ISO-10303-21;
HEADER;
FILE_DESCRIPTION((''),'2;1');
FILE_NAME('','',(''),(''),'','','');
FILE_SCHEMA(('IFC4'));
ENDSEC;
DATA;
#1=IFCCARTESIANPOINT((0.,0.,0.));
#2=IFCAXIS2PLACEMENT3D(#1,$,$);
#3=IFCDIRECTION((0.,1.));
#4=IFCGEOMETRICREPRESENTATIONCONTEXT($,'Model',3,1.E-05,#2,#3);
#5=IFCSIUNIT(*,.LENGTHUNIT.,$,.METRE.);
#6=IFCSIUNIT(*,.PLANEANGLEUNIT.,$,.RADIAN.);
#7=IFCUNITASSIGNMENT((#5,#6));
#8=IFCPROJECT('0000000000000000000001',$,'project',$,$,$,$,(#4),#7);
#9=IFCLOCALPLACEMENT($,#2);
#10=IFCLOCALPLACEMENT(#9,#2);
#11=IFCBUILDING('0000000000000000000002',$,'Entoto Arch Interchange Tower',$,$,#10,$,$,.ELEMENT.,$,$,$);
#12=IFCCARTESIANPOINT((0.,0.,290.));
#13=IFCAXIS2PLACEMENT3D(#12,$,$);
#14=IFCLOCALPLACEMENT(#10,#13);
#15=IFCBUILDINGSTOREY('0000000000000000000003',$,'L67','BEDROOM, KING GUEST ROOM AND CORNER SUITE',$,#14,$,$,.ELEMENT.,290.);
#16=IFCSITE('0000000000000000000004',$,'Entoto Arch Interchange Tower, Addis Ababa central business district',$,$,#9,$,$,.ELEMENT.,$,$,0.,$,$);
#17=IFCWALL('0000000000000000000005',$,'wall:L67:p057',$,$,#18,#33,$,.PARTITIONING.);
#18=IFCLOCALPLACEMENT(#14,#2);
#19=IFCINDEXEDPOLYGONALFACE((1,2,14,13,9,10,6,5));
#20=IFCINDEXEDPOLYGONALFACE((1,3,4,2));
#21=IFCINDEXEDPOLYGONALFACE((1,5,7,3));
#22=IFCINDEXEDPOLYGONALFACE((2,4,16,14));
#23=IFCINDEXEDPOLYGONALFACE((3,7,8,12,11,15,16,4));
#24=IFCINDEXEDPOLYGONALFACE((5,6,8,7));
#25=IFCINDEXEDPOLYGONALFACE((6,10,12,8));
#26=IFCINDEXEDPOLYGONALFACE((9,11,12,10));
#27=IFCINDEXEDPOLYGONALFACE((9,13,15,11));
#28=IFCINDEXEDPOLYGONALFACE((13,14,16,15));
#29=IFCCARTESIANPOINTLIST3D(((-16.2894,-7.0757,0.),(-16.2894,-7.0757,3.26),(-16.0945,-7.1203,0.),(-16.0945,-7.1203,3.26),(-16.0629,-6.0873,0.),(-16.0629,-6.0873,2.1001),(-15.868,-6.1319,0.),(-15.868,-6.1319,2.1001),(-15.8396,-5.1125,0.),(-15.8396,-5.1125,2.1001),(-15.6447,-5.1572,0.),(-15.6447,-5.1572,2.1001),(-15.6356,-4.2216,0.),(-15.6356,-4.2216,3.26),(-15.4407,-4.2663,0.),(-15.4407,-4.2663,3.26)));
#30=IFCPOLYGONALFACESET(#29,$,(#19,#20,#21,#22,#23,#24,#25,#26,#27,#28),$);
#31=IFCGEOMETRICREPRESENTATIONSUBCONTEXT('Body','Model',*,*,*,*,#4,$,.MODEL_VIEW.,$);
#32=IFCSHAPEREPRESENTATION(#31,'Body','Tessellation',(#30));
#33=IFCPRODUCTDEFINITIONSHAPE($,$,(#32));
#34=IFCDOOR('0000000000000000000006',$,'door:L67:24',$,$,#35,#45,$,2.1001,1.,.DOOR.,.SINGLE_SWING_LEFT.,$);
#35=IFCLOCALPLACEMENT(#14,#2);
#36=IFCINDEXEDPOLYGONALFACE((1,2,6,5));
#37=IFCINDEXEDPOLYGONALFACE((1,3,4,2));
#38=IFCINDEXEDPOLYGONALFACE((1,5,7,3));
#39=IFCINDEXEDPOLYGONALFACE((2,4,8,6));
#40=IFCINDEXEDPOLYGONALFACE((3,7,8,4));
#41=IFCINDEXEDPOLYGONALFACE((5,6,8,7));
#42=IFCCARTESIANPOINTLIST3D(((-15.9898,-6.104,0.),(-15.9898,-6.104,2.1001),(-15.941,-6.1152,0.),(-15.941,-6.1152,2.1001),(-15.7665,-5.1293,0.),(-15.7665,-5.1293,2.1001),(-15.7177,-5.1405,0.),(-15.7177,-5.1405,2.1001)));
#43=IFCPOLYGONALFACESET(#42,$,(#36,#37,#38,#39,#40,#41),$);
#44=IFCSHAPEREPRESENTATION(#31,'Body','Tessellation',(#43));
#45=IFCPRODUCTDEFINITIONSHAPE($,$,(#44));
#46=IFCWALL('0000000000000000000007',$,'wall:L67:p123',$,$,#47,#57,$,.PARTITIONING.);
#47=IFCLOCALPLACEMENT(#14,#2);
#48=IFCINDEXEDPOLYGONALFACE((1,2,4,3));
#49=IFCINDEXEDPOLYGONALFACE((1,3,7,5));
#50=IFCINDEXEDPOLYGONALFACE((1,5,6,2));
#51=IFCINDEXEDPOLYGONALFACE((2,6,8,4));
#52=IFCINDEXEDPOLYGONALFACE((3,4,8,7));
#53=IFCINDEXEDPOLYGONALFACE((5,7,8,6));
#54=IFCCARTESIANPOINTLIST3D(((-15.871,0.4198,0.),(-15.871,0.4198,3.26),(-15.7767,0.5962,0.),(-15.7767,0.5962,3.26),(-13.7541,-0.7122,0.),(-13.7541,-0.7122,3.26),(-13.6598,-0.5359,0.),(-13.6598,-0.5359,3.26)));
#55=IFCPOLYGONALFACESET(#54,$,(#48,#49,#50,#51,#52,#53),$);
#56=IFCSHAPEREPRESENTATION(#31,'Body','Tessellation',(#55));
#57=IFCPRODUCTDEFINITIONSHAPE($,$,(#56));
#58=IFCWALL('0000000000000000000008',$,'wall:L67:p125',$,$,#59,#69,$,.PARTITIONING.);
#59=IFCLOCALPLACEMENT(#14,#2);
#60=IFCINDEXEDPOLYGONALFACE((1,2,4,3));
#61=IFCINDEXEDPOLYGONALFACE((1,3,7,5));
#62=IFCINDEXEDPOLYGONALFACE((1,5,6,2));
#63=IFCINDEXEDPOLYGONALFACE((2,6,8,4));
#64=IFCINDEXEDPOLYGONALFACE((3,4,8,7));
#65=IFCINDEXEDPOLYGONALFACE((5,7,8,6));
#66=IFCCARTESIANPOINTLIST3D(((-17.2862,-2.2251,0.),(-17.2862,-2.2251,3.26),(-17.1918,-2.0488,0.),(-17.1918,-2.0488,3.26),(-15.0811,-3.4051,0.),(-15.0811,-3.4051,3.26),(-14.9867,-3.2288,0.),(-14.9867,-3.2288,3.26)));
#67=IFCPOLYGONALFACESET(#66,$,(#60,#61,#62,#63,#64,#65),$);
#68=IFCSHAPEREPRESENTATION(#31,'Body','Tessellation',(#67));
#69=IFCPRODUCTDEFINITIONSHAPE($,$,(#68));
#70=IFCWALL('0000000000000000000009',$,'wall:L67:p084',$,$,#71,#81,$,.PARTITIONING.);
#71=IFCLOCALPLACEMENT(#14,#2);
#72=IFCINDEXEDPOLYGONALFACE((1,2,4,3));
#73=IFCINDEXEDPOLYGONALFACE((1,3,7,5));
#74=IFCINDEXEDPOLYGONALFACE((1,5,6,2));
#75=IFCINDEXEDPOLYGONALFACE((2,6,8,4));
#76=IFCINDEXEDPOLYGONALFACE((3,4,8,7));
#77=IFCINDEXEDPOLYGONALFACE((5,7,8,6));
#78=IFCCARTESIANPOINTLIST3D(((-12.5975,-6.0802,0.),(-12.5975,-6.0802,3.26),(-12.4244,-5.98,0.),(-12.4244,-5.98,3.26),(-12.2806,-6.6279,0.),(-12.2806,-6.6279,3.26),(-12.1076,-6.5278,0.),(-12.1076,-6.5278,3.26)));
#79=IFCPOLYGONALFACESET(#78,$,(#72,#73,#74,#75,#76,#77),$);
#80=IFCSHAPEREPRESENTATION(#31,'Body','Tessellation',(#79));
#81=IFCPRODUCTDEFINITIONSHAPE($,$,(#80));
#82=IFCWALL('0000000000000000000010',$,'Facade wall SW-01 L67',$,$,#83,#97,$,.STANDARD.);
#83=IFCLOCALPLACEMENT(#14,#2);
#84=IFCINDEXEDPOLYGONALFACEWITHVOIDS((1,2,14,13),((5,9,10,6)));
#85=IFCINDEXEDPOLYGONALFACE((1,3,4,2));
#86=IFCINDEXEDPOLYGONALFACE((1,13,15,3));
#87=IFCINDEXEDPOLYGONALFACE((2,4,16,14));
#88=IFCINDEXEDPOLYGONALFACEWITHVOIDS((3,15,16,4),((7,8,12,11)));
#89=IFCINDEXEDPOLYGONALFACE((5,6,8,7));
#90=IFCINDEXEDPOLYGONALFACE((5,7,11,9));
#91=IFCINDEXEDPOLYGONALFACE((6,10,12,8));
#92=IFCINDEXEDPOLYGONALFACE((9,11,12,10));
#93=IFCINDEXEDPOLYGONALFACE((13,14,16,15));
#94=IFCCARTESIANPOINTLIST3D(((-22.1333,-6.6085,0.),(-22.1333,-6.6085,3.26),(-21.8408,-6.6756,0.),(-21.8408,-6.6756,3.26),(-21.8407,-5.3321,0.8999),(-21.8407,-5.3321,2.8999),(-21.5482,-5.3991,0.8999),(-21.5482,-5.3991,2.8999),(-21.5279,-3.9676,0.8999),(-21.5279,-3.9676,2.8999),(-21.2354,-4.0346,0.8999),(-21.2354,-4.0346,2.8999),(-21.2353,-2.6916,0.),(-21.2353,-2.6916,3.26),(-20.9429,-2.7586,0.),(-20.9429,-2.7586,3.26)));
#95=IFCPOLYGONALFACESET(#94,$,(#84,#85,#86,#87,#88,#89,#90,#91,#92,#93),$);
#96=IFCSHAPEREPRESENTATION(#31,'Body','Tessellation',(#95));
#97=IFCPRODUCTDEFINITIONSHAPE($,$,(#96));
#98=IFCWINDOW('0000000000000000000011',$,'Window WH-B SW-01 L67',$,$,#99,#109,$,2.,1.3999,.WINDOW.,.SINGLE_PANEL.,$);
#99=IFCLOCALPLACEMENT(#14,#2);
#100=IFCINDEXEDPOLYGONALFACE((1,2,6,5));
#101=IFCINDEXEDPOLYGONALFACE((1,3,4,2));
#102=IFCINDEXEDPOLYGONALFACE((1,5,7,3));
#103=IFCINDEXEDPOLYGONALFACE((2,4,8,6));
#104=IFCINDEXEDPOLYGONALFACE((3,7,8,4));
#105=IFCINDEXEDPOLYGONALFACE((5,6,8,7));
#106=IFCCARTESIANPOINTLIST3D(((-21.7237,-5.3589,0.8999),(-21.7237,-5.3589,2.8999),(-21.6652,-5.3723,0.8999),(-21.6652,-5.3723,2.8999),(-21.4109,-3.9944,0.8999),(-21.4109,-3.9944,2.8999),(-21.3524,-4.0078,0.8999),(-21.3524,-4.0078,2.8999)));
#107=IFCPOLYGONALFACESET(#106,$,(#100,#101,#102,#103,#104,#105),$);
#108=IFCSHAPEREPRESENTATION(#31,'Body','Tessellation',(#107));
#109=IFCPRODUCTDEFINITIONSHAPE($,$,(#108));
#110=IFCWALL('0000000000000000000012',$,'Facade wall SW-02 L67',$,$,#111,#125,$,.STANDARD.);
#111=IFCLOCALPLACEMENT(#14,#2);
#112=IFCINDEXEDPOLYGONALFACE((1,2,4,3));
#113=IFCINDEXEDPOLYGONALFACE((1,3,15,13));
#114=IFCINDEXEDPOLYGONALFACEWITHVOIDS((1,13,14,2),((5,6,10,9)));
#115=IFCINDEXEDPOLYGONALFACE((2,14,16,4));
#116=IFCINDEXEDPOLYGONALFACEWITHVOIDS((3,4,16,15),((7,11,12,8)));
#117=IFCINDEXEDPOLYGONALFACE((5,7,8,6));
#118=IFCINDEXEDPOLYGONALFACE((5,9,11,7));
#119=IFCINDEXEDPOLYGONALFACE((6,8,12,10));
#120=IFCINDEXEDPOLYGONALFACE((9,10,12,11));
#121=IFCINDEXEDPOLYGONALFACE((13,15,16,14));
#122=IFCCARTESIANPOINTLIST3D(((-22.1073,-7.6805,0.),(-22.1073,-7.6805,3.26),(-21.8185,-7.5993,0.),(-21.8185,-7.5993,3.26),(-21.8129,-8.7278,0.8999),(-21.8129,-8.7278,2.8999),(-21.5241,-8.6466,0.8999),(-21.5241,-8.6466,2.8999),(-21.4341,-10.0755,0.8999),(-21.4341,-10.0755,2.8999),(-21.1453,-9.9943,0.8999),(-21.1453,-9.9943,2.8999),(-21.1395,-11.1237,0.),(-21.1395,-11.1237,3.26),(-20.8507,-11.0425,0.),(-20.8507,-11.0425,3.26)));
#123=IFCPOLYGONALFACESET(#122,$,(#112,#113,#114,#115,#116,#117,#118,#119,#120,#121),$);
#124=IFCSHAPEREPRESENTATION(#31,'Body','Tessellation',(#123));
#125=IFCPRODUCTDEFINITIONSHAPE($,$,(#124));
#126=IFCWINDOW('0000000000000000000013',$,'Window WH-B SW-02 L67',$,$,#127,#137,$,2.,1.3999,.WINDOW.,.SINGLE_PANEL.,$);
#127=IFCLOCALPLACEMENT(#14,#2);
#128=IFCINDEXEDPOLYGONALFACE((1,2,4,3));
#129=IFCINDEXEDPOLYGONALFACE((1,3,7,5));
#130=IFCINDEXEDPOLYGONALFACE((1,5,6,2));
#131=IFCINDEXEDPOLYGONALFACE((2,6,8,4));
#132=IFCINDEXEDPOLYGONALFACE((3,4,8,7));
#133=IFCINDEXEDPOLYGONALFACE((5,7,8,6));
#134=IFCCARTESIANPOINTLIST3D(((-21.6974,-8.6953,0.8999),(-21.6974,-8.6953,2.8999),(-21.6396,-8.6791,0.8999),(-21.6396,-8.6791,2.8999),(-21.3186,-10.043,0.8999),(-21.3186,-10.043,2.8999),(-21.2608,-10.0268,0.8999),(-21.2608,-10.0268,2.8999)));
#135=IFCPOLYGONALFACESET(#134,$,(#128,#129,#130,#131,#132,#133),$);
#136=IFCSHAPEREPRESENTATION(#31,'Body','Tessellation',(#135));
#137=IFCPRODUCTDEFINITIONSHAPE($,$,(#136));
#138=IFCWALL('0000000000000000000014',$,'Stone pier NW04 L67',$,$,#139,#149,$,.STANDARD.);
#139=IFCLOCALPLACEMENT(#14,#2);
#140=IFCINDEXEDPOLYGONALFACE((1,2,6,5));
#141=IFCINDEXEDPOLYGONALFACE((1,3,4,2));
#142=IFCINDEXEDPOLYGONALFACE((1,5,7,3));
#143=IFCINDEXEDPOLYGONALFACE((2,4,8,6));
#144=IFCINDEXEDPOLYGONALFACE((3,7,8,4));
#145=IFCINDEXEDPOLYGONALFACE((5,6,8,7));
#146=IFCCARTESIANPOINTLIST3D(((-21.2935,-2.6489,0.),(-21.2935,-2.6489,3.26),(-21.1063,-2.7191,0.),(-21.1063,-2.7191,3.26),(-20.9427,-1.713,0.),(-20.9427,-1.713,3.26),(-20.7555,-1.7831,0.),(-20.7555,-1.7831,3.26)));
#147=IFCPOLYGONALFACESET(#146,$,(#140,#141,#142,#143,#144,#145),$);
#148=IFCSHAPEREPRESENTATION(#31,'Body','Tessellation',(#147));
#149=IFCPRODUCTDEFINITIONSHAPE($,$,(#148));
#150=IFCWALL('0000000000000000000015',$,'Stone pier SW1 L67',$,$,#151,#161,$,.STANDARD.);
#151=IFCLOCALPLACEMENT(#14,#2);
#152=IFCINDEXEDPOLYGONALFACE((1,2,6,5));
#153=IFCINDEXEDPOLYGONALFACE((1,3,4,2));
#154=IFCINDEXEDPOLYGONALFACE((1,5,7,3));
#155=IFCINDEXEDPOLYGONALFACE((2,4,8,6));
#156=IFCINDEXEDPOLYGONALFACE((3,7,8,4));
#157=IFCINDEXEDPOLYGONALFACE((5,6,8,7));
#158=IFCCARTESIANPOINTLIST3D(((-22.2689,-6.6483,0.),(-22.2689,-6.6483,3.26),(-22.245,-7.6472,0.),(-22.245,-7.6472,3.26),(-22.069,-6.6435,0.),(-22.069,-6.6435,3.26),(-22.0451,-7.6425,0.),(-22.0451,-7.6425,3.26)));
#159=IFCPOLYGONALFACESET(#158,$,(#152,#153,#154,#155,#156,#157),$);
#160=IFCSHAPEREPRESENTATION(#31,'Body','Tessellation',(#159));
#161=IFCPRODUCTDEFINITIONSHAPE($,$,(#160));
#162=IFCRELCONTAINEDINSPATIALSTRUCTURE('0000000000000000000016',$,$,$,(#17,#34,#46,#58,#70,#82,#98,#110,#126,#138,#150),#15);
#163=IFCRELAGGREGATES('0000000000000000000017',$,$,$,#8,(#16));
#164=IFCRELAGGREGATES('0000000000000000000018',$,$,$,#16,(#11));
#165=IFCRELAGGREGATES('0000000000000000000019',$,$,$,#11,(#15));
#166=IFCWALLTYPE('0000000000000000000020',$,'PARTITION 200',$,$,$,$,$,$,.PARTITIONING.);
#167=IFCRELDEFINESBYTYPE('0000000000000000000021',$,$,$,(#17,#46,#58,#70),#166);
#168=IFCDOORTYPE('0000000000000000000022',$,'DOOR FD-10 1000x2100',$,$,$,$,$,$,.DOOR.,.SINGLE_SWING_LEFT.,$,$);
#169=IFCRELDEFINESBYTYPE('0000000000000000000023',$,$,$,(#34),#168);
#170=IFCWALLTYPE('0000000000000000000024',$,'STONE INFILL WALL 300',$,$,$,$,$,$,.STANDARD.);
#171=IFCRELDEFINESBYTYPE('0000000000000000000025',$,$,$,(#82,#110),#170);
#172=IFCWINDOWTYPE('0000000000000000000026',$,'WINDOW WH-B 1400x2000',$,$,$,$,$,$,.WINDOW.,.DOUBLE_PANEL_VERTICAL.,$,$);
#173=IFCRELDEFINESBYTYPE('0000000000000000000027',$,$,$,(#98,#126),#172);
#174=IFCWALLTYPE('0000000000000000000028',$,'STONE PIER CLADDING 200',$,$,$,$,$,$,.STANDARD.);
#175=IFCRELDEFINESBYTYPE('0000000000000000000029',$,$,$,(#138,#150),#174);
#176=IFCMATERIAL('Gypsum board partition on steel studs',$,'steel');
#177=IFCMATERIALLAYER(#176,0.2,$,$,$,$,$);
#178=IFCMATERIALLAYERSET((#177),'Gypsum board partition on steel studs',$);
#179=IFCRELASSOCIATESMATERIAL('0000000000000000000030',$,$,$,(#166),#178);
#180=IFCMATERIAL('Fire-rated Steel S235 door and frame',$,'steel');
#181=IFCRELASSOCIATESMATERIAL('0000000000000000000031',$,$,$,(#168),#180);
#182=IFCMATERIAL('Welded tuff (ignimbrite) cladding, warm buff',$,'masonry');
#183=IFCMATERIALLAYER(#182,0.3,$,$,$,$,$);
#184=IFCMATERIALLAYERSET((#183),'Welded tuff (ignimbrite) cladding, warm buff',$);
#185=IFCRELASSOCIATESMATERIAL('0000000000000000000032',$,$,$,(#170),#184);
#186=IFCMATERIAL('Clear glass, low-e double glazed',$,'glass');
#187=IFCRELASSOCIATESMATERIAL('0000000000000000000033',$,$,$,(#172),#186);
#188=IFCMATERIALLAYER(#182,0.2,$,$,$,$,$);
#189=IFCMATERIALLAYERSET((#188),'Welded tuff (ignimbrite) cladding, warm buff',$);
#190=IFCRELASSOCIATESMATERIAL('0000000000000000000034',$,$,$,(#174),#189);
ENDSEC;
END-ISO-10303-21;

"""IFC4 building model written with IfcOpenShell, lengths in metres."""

from ifc_helpers import new_model, si_unit, direction, frame, frame_2d, origin, place, context, subcontext, project, spatial, rectangle, extrude, material, layer, layer_set, type_object, element, fill, save


model = new_model("IFC4")

# Units and contexts
model_context = context("Model", 3, precision=1e-05, world=origin(), true_north=direction((0.0, 1.0)))
body_context = subcontext(model_context, "Body", "Model", "MODEL_VIEW")
ifc_project = project(units=[si_unit("LENGTHUNIT", "METRE"), si_unit("PLANEANGLEUNIT", "RADIAN")], contexts=[model_context])

# Site, building, storey
site_placement = place(None, origin())
site = spatial("IfcSite", under=ifc_project, at=site_placement, Name="Entoto Arch Interchange Tower, Addis Ababa central business district", CompositionType="ELEMENT", RefElevation=0.0)
building_placement = place(site_placement, origin())
building = spatial("IfcBuilding", under=site, at=building_placement, Name="Entoto Arch Interchange Tower", CompositionType="ELEMENT")
storey_placement = place(building_placement, frame((0.0, 0.0, 290.0)))
storey = spatial("IfcBuildingStorey", under=building, at=storey_placement, Name="L67", Description="BEDROOM, KING GUEST ROOM AND CORNER SUITE", CompositionType="ELEMENT", Elevation=290.0)

# Shared definitions
ifc_material_1 = material(Name="Gypsum board partition on steel studs", Category="steel")
ifc_layer_1 = layer(ifc_material_1, 0.2)
ifc_layer_set_1 = layer_set([ifc_layer_1], Name="Gypsum board partition on steel studs")
wall_type_1 = type_object("IfcWallType", Name="PARTITION 200", PredefinedType="PARTITIONING", material=ifc_layer_set_1)

# Shared definitions
ifc_material_2 = material(Name="Fire-rated Steel S235 door and frame", Category="steel")
door_type = type_object("IfcDoorType", Name="DOOR FD-10 1000x2100", OperationType="SINGLE_SWING_LEFT", PredefinedType="DOOR", material=ifc_material_2)

# Wall, opening, door
wall_1_placement = place(storey_placement, frame((-16.1919, -7.0979, 0.0), z_axis=(0.0, 0.0, 1.0), x_axis=(0.2233, 0.97475, 0.0)))
wall_1 = element("IfcWall", 1, at=wall_1_placement, inside=storey, type_object=wall_type_1, Name="wall:L67:p057", PredefinedType="PARTITIONING", context=body_context, shape_type="SweptSolid", body=[
    extrude(rectangle(XDim=2.928, YDim=0.2, at=frame_2d((1.4639, 0.0))), origin(), (0.0, 0.0, 1.0), 3.26),
])
opening_1_placement = place(wall_1_placement, frame((1.0139, 0.0, 0.0)))
opening_1 = element("IfcOpeningElement", 2, at=opening_1_placement, cuts=wall_1, PredefinedType="OPENING", context=body_context, shape_type="SweptSolid", body=[
    extrude(rectangle(XDim=1.0, YDim=2.1001, at=frame_2d((0.5, 1.05))), frame((0.0, 0.1099, 0.0), z_axis=(0.0, -1.0, 0.0), x_axis=(1.0, 0.0, 0.0)), (0.0, 0.0, 1.0), 0.22),
])
door_1_placement = place(opening_1_placement, origin())
door_1 = element("IfcDoor", 3, at=door_1_placement, inside=storey, type_object=door_type, Name="door:L67:24", OperationType="SINGLE_SWING_LEFT", OverallHeight=2.1001, OverallWidth=1.0, PredefinedType="DOOR", context=body_context, shape_type="SweptSolid", body=[
    extrude(rectangle(XDim=1.0, YDim=2.1001, at=frame_2d((0.5, 1.05))), frame((0.0, 0.0249, 0.0), z_axis=(0.0, -1.0, 0.0), x_axis=(1.0, 0.0, 0.0)), (0.0, 0.0, 1.0), 0.05),
])
fill(opening_1, door_1)

# Walls
wall_2_placement = place(storey_placement, frame((-13.707, -0.624, 0.0), z_axis=(0.0, 0.0, 1.0), x_axis=(-0.881826, 0.471575, 0.0)))
element("IfcWall", 4, at=wall_2_placement, inside=storey, type_object=wall_type_1, Name="wall:L67:p123", PredefinedType="PARTITIONING", context=body_context, shape_type="SweptSolid", body=[
    extrude(rectangle(XDim=2.4006, YDim=0.2, at=frame_2d((1.2002, 0.0))), origin(), (0.0, 0.0, 1.0), 3.26),
])
wall_3_placement = place(storey_placement, frame((-17.239, -2.137, 0.0), z_axis=(0.0, 0.0, 1.0), x_axis=(0.881706, -0.471799, 0.0)))
element("IfcWall", 5, at=wall_3_placement, inside=storey, type_object=wall_type_1, Name="wall:L67:p125", PredefinedType="PARTITIONING", context=body_context, shape_type="SweptSolid", body=[
    extrude(rectangle(XDim=2.501, YDim=0.2, at=frame_2d((1.2505, 0.0))), origin(), (0.0, 0.0, 1.0), 3.26),
])
wall_4_placement = place(storey_placement, frame((-12.1941, -6.5779, 0.0), z_axis=(0.0, 0.0, 1.0), x_axis=(-0.500702, 0.86562, 0.0)))
element("IfcWall", 6, at=wall_4_placement, inside=storey, type_object=wall_type_1, Name="wall:L67:p084", PredefinedType="PARTITIONING", context=body_context, shape_type="SweptSolid", body=[
    extrude(rectangle(XDim=0.6328, YDim=0.2, at=frame_2d((0.3164, 0.0))), origin(), (0.0, 0.0, 1.0), 3.26),
])

# Walls, openings, windows
ifc_material_3 = material(Name="Welded tuff (ignimbrite) cladding, warm buff", Category="masonry")
ifc_layer_2 = layer(ifc_material_3, 0.3)
ifc_layer_set_2 = layer_set([ifc_layer_2], Name="Welded tuff (ignimbrite) cladding, warm buff")
wall_type_2 = type_object("IfcWallType", Name="STONE INFILL WALL 300", PredefinedType="STANDARD", material=ifc_layer_set_2)
wall_5_placement = place(storey_placement, frame((-21.0891, -2.7251, 0.0), z_axis=(0.0, 0.0, 1.0), x_axis=(-0.223448, -0.974716, 0.0)))
wall_5 = element("IfcWall", 7, at=wall_5_placement, inside=storey, type_object=wall_type_2, Name="Facade wall SW-01 L67", PredefinedType="STANDARD", context=body_context, shape_type="SweptSolid", body=[
    extrude(rectangle(XDim=4.0186, YDim=0.3, at=frame_2d((2.0093, 0.0))), origin(), (0.0, 0.0, 1.0), 3.26),
])
opening_2_placement = place(wall_5_placement, frame((1.3091, 0.0, 0.8999)))
opening_2 = element("IfcOpeningElement", 8, at=opening_2_placement, cuts=wall_5, PredefinedType="OPENING", context=body_context, shape_type="SweptSolid", body=[
    extrude(rectangle(XDim=1.3999, YDim=2.0, at=frame_2d((0.7, 1.0))), frame((0.0, 0.1602, 0.0), z_axis=(0.0, -1.0, 0.0), x_axis=(1.0, 0.0, 0.0)), (0.0, 0.0, 1.0), 0.3201),
])
ifc_material_4 = material(Name="Clear glass, low-e double glazed", Category="glass")
window_type = type_object("IfcWindowType", Name="WINDOW WH-B 1400x2000", PartitioningType="DOUBLE_PANEL_VERTICAL", PredefinedType="WINDOW", material=ifc_material_4)
window_1_placement = place(opening_2_placement, origin())
window_1 = element("IfcWindow", 9, at=window_1_placement, inside=storey, type_object=window_type, Name="Window WH-B SW-01 L67", OverallHeight=2.0, OverallWidth=1.3999, PartitioningType="SINGLE_PANEL", PredefinedType="WINDOW", context=body_context, shape_type="SweptSolid", body=[
    extrude(rectangle(XDim=1.3999, YDim=2.0, at=frame_2d((0.7, 1.0))), frame((0.0, 0.03, 0.0), z_axis=(0.0, -1.0, 0.0), x_axis=(1.0, 0.0, 0.0)), (0.0, 0.0, 1.0), 0.0601),
])
fill(opening_2, window_1)
wall_6_placement = place(storey_placement, frame((-21.9629, -7.6399, 0.0), z_axis=(0.0, 0.0, 1.0), x_axis=(0.270589, -0.962695, 0.0)))
wall_6 = element("IfcWall", 10, at=wall_6_placement, inside=storey, type_object=wall_type_2, Name="Facade wall SW-02 L67", PredefinedType="STANDARD", context=body_context, shape_type="SweptSolid", body=[
    extrude(rectangle(XDim=3.5767, YDim=0.3, at=frame_2d((1.7883, 0.0))), origin(), (0.0, 0.0, 1.0), 3.26),
])
opening_3_placement = place(wall_6_placement, frame((1.0879, 0.0, 0.8999)))
opening_3 = element("IfcOpeningElement", 11, at=opening_3_placement, cuts=wall_6, PredefinedType="OPENING", context=body_context, shape_type="SweptSolid", body=[
    extrude(rectangle(XDim=1.3999, YDim=2.0, at=frame_2d((0.7, 1.0))), frame((0.0, 0.1602, 0.0), z_axis=(0.0, -1.0, 0.0), x_axis=(1.0, 0.0, 0.0)), (0.0, 0.0, 1.0), 0.3201),
])
window_2_placement = place(opening_3_placement, origin())
window_2 = element("IfcWindow", 12, at=window_2_placement, inside=storey, type_object=window_type, Name="Window WH-B SW-02 L67", OverallHeight=2.0, OverallWidth=1.3999, PartitioningType="SINGLE_PANEL", PredefinedType="WINDOW", context=body_context, shape_type="SweptSolid", body=[
    extrude(rectangle(XDim=1.3999, YDim=2.0, at=frame_2d((0.7, 1.0))), frame((0.0, 0.03, 0.0), z_axis=(0.0, -1.0, 0.0), x_axis=(1.0, 0.0, 0.0)), (0.0, 0.0, 1.0), 0.0601),
])
fill(opening_3, window_2)

# Walls
ifc_layer_3 = layer(ifc_material_3, 0.2)
ifc_layer_set_3 = layer_set([ifc_layer_3], Name="Welded tuff (ignimbrite) cladding, warm buff")
wall_type_3 = type_object("IfcWallType", Name="STONE PIER CLADDING 200", PredefinedType="STANDARD", material=ifc_layer_set_3)
wall_7_placement = place(storey_placement, frame((-20.8491, -1.748, 0.0), z_axis=(0.0, 0.0, 1.0), x_axis=(-0.350963, -0.936389, 0.0)))
element("IfcWall", 13, at=wall_7_placement, inside=storey, type_object=wall_type_3, Name="Stone pier NW04 L67", PredefinedType="STANDARD", context=body_context, shape_type="SweptSolid", body=[
    extrude(rectangle(XDim=0.9995, YDim=0.2, at=frame_2d((0.4998, 0.0))), origin(), (0.0, 0.0, 1.0), 3.26),
])
wall_8_placement = place(storey_placement, frame((-22.1689, -6.646, 0.0), z_axis=(0.0, 0.0, 1.0), x_axis=(0.023942, -0.999713, 0.0)))
element("IfcWall", 14, at=wall_8_placement, inside=storey, type_object=wall_type_3, Name="Stone pier SW1 L67", PredefinedType="STANDARD", context=body_context, shape_type="SweptSolid", body=[
    extrude(rectangle(XDim=0.9993, YDim=0.2, at=frame_2d((0.4995, 0.0))), origin(), (0.0, 0.0, 1.0), 3.26),
])

save(model, "model.ifc")
